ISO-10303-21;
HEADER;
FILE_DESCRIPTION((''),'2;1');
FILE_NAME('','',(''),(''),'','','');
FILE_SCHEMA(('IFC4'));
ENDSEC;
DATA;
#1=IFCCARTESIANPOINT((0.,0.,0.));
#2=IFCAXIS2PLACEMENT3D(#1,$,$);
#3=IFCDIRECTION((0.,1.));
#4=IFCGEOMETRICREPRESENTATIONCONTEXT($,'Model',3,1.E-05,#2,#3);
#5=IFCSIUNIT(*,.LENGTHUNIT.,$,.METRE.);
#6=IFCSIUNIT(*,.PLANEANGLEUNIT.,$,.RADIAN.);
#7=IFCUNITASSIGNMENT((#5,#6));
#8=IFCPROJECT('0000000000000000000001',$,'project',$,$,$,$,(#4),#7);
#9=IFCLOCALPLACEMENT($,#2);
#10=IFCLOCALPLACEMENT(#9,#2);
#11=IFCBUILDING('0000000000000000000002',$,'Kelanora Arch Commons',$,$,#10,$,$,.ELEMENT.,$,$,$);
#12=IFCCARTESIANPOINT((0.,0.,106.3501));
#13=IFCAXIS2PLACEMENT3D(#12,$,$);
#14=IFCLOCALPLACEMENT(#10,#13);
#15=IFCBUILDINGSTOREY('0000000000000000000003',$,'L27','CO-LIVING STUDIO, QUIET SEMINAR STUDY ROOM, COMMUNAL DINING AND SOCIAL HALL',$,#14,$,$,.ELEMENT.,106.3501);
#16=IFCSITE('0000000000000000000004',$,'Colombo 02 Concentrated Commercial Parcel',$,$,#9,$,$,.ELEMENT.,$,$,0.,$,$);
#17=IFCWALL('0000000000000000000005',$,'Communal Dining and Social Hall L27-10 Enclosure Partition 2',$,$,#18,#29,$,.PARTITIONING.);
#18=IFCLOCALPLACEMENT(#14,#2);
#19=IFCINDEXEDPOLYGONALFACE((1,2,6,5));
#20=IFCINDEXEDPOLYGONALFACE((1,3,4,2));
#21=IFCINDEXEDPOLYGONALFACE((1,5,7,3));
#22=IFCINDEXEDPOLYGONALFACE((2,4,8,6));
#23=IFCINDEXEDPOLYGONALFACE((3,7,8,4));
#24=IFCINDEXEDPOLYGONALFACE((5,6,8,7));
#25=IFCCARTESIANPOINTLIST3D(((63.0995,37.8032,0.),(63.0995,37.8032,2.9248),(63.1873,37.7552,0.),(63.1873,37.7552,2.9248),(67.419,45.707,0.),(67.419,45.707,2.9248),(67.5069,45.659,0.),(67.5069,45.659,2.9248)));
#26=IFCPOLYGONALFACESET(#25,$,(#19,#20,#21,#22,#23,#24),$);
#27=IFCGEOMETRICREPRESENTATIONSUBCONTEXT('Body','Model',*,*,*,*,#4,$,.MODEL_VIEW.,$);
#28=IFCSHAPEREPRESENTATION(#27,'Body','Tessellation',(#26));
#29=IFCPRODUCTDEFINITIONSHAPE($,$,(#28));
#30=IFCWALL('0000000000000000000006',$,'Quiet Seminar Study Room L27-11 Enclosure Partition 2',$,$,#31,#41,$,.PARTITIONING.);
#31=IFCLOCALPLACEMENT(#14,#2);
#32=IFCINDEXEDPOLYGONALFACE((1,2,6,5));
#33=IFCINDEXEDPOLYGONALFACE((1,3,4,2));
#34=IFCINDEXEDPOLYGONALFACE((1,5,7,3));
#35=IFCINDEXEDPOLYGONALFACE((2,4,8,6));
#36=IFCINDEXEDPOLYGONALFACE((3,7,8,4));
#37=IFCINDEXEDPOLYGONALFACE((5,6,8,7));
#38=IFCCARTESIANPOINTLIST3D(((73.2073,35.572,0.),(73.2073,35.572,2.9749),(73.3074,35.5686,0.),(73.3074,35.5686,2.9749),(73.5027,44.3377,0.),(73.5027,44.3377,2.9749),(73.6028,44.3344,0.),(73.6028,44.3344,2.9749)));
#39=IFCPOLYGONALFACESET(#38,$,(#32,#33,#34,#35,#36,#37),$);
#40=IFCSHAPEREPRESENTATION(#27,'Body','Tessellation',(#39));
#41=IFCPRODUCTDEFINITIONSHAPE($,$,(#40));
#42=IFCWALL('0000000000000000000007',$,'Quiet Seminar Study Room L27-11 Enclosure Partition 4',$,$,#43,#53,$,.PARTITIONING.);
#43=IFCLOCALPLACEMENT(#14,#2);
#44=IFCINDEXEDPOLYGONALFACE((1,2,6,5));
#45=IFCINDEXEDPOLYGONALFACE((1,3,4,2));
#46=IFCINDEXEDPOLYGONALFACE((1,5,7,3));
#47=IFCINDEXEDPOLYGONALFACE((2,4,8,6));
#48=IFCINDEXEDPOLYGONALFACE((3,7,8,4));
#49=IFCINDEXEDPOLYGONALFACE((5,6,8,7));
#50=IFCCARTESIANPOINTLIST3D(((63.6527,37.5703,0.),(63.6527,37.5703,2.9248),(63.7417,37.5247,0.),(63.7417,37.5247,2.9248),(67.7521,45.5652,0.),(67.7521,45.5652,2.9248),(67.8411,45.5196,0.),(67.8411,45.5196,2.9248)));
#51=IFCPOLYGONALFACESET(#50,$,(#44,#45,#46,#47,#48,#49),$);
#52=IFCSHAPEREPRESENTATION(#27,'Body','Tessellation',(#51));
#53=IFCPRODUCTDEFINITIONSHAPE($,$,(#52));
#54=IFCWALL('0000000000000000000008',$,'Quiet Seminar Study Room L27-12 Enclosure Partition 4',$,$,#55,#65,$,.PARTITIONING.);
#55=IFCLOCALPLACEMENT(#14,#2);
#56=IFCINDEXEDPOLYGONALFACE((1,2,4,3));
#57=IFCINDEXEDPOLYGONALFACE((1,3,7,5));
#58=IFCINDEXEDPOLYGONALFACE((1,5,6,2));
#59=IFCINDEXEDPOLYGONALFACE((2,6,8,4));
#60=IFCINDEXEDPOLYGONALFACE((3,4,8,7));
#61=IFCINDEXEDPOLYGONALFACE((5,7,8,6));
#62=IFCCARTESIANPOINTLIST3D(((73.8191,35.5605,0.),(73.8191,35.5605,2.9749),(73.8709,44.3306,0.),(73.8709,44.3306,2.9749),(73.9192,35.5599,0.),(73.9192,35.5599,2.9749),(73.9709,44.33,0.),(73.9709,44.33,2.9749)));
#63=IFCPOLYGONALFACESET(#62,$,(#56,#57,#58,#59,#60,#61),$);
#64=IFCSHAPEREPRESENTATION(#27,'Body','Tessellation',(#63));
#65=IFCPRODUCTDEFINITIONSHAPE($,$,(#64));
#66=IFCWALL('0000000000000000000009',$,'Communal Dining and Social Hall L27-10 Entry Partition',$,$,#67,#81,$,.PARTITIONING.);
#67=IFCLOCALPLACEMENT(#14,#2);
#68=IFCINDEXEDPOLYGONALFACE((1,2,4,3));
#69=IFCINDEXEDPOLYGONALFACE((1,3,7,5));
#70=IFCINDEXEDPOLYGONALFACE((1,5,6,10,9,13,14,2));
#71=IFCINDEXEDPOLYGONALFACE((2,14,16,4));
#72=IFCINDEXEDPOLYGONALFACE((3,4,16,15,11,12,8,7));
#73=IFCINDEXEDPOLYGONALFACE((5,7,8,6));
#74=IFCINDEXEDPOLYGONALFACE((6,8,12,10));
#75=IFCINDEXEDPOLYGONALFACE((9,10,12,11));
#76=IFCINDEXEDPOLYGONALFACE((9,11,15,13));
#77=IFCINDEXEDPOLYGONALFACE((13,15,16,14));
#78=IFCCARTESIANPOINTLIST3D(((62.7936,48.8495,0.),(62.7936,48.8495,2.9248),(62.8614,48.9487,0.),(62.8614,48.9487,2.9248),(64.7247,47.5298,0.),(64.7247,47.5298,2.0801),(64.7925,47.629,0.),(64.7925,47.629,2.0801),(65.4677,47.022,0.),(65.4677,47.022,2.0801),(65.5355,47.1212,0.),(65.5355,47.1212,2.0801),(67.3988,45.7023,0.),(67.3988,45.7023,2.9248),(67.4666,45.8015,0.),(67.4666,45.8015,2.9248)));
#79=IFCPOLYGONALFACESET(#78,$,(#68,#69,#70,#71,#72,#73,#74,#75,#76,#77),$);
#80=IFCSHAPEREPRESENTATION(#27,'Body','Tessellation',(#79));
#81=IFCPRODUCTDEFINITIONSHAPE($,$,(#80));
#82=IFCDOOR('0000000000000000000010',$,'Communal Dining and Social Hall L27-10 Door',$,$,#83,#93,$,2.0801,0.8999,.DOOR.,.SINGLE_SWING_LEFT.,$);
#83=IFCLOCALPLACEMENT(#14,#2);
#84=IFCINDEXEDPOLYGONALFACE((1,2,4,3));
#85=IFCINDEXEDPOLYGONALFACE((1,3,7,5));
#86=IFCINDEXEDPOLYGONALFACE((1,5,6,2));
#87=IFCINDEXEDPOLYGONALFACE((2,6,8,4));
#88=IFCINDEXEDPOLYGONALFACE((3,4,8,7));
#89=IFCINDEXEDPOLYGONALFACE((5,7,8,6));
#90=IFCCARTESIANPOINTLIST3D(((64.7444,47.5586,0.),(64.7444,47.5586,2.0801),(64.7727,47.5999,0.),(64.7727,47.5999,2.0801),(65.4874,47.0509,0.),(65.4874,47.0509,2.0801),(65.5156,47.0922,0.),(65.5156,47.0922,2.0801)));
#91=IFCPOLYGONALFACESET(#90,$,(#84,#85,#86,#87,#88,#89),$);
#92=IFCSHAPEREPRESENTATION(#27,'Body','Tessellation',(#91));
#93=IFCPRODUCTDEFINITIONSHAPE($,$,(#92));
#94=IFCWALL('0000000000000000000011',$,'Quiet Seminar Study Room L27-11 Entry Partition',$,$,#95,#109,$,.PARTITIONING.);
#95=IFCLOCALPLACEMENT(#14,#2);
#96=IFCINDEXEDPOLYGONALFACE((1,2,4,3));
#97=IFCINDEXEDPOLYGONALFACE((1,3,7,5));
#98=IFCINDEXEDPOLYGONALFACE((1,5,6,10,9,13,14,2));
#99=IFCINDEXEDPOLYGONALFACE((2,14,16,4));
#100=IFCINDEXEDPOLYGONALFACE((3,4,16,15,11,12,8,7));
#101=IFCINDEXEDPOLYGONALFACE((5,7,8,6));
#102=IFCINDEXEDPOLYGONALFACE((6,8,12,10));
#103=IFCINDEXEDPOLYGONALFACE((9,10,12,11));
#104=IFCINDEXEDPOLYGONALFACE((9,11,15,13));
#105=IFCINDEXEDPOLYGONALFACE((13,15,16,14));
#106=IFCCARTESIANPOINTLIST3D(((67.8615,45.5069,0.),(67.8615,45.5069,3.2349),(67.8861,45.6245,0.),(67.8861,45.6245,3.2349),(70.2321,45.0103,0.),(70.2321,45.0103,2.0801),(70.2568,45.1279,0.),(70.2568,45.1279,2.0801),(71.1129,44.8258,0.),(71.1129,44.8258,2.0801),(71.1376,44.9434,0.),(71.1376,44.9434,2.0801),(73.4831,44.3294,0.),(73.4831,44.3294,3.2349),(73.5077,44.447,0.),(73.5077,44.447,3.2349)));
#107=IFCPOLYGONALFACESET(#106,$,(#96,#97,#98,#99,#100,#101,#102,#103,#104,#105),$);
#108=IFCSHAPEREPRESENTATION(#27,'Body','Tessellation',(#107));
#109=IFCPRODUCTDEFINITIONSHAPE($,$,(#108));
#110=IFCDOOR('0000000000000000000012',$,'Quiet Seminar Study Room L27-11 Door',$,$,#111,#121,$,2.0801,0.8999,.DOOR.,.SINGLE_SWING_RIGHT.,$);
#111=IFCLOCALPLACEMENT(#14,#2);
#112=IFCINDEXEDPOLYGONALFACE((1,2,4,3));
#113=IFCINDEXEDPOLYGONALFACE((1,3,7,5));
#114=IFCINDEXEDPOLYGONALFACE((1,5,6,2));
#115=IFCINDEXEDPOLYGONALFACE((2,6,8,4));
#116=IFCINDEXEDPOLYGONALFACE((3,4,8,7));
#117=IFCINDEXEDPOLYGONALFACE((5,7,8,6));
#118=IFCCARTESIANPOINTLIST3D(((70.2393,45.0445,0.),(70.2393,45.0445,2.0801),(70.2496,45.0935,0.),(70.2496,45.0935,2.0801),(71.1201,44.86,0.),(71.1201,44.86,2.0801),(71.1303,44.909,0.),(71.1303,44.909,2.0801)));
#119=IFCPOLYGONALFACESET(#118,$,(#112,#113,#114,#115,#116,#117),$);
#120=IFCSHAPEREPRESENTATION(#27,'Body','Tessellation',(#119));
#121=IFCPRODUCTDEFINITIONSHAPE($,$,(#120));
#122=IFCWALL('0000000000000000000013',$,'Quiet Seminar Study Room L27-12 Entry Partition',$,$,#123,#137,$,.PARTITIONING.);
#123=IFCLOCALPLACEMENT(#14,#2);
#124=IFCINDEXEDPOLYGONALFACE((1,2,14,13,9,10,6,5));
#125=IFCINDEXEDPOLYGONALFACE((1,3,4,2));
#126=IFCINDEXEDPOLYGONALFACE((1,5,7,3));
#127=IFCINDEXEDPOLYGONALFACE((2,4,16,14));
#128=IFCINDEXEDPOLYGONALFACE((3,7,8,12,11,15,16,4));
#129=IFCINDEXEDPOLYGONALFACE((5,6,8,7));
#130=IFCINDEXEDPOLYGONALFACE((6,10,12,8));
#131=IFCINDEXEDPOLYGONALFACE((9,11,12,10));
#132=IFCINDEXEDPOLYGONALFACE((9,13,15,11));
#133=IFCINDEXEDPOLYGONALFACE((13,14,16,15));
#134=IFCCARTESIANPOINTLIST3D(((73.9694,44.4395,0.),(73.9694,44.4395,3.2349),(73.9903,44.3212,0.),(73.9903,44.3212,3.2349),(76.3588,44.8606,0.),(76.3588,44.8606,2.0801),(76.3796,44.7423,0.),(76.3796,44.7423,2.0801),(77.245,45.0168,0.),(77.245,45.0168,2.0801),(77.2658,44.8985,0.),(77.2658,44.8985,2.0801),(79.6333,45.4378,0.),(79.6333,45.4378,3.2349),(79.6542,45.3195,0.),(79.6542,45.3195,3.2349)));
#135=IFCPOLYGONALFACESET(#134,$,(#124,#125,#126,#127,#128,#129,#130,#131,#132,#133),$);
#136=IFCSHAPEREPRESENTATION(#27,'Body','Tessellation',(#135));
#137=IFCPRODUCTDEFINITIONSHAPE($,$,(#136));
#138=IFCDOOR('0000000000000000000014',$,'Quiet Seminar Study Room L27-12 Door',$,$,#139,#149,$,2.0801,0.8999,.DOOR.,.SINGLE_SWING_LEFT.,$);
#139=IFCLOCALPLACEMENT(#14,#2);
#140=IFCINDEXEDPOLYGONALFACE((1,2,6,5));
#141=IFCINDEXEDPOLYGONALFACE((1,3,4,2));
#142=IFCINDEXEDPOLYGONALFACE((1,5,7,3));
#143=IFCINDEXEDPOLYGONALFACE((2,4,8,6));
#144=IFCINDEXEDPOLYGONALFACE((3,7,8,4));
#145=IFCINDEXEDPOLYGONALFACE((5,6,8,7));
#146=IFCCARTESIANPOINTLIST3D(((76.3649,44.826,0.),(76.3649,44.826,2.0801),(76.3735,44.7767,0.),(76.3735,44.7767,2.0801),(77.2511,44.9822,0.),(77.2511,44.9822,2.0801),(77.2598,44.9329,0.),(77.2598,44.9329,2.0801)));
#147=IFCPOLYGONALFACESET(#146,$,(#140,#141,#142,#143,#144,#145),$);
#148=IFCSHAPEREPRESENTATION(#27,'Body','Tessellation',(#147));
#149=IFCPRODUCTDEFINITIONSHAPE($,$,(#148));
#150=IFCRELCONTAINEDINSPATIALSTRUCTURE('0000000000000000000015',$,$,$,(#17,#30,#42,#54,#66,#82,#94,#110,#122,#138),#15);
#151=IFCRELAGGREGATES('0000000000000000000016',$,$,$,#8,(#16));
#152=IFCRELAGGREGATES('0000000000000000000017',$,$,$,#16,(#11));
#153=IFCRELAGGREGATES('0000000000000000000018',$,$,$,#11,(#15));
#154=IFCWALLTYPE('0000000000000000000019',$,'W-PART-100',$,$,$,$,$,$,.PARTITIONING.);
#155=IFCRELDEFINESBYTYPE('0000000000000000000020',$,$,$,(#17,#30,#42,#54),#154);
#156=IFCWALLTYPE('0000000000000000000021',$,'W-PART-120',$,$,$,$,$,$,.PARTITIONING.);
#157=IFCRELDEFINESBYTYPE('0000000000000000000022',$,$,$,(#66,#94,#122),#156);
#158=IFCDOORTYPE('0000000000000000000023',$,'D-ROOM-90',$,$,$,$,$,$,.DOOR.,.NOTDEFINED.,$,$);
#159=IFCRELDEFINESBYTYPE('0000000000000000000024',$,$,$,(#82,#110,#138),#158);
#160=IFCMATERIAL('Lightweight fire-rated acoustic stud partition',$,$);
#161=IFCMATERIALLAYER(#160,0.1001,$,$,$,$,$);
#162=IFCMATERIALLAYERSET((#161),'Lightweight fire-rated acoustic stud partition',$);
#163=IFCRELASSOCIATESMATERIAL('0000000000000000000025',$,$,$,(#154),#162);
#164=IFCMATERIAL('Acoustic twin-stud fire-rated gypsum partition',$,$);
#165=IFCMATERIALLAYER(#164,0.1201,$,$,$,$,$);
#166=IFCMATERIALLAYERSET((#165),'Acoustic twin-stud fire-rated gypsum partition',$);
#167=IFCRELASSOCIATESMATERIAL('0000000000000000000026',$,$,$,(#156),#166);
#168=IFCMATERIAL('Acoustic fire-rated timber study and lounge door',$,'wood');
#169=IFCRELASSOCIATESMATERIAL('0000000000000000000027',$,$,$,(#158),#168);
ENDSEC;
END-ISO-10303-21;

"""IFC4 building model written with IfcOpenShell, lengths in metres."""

from ifc_helpers import new_model, si_unit, direction, frame, frame_2d, origin, place, context, subcontext, project, spatial, rectangle, extrude, material, layer, layer_set, type_object, element, fill, save


model = new_model("IFC4")

# Units and contexts
model_context = context("Model", 3, precision=1e-05, world=origin(), true_north=direction((0.0, 1.0)))
body_context = subcontext(model_context, "Body", "Model", "MODEL_VIEW")
ifc_project = project(units=[si_unit("LENGTHUNIT", "METRE"), si_unit("PLANEANGLEUNIT", "RADIAN")], contexts=[model_context])

# Site, building, storey
site_placement = place(None, origin())
site = spatial("IfcSite", under=ifc_project, at=site_placement, Name="Colombo 02 Concentrated Commercial Parcel", CompositionType="ELEMENT", RefElevation=0.0)
building_placement = place(site_placement, origin())
building = spatial("IfcBuilding", under=site, at=building_placement, Name="Kelanora Arch Commons", CompositionType="ELEMENT")
storey_placement = place(building_placement, frame((0.0, 0.0, 106.3501)))
storey = spatial("IfcBuildingStorey", under=building, at=storey_placement, Name="L27", Description="CO-LIVING STUDIO, QUIET SEMINAR STUDY ROOM, COMMUNAL DINING AND SOCIAL HALL", CompositionType="ELEMENT", Elevation=106.3501)

# Walls
ifc_material_1 = material(Name="Lightweight fire-rated acoustic stud partition")
ifc_layer_1 = layer(ifc_material_1, 0.1001)
ifc_layer_set_1 = layer_set([ifc_layer_1], Name="Lightweight fire-rated acoustic stud partition")
wall_type_1 = type_object("IfcWallType", Name="W-PART-100", PredefinedType="PARTITIONING", material=ifc_layer_set_1)
wall_1_placement = place(storey_placement, frame((67.4629, 45.6829, 0.0), z_axis=(0.0, 0.0, 1.0), x_axis=(-0.479572, -0.877503, 0.0)))
element("IfcWall", 1, at=wall_1_placement, inside=storey, type_object=wall_type_1, Name="Communal Dining and Social Hall L27-10 Enclosure Partition 2", PredefinedType="PARTITIONING", context=body_context, shape_type="SweptSolid", body=[
    extrude(rectangle(XDim=9.0071, YDim=0.1001, at=frame_2d((4.5034, 0.0))), origin(), (0.0, 0.0, 1.0), 2.9248),
])
wall_2_placement = place(storey_placement, frame((73.5527, 44.3359, 0.0), z_axis=(0.0, 0.0, 1.0), x_axis=(-0.033681, -0.999433, 0.0)))
element("IfcWall", 2, at=wall_2_placement, inside=storey, type_object=wall_type_1, Name="Quiet Seminar Study Room L27-11 Enclosure Partition 2", PredefinedType="PARTITIONING", context=body_context, shape_type="SweptSolid", body=[
    extrude(rectangle(XDim=8.7708, YDim=0.1001, at=frame_2d((4.3853, 0.0))), origin(), (0.0, 0.0, 1.0), 2.9749),
])
wall_3_placement = place(storey_placement, frame((63.6973, 37.5476, 0.0), z_axis=(0.0, 0.0, 1.0), x_axis=(0.456266, 0.889843, 0.0)))
element("IfcWall", 3, at=wall_3_placement, inside=storey, type_object=wall_type_1, Name="Quiet Seminar Study Room L27-11 Enclosure Partition 4", PredefinedType="PARTITIONING", context=body_context, shape_type="SweptSolid", body=[
    extrude(rectangle(XDim=8.9846, YDim=0.1001, at=frame_2d((4.4922, 0.0))), origin(), (0.0, 0.0, 1.0), 2.9248),
])
wall_4_placement = place(storey_placement, frame((73.8691, 35.5601, 0.0), z_axis=(0.0, 0.0, 1.0), x_axis=(0.005902, 0.999983, 0.0)))
element("IfcWall", 4, at=wall_4_placement, inside=storey, type_object=wall_type_1, Name="Quiet Seminar Study Room L27-12 Enclosure Partition 4", PredefinedType="PARTITIONING", context=body_context, shape_type="SweptSolid", body=[
    extrude(rectangle(XDim=8.7703, YDim=0.1001, at=frame_2d((4.3853, 0.0))), origin(), (0.0, 0.0, 1.0), 2.9749),
])

# Walls, openings, doors
ifc_material_2 = material(Name="Acoustic twin-stud fire-rated gypsum partition")
ifc_layer_2 = layer(ifc_material_2, 0.1201)
ifc_layer_set_2 = layer_set([ifc_layer_2], Name="Acoustic twin-stud fire-rated gypsum partition")
wall_type_2 = type_object("IfcWallType", Name="W-PART-120", PredefinedType="PARTITIONING", material=ifc_layer_set_2)
wall_5_placement = place(storey_placement, frame((62.8274, 48.8992, 0.0), z_axis=(0.0, 0.0, 1.0), x_axis=(0.825618, -0.564229, 0.0)))
wall_5 = element("IfcWall", 5, at=wall_5_placement, inside=storey, type_object=wall_type_2, Name="Communal Dining and Social Hall L27-10 Entry Partition", PredefinedType="PARTITIONING", context=body_context, shape_type="SweptSolid", body=[
    extrude(rectangle(XDim=5.5779, YDim=0.1201, at=frame_2d((2.7891, 0.0))), origin(), (0.0, 0.0, 1.0), 2.9248),
])
opening_1_placement = place(wall_5_placement, frame((2.3391, 0.0, 0.0)))
opening_1 = element("IfcOpeningElement", 6, at=opening_1_placement, cuts=wall_5, PredefinedType="OPENING", context=body_context, shape_type="SweptSolid", body=[
    extrude(rectangle(XDim=0.8999, YDim=2.0801, at=frame_2d((0.45, 1.04))), frame((0.0, 0.0701, 0.0), z_axis=(0.0, -1.0, 0.0), x_axis=(1.0, 0.0, 0.0)), (0.0, 0.0, 1.0), 0.1401),
])
ifc_material_3 = material(Name="Acoustic fire-rated timber study and lounge door", Category="wood")
door_type = type_object("IfcDoorType", Name="D-ROOM-90", OperationType="NOTDEFINED", PredefinedType="DOOR", material=ifc_material_3)
door_1_placement = place(opening_1_placement, origin())
door_1 = element("IfcDoor", 7, at=door_1_placement, inside=storey, type_object=door_type, Name="Communal Dining and Social Hall L27-10 Door", OperationType="SINGLE_SWING_LEFT", OverallHeight=2.0801, OverallWidth=0.8999, PredefinedType="DOOR", context=body_context, shape_type="SweptSolid", body=[
    extrude(rectangle(XDim=0.8999, YDim=2.0801, at=frame_2d((0.45, 1.04))), frame((0.0, 0.0249, 0.0), z_axis=(0.0, -1.0, 0.0), x_axis=(1.0, 0.0, 0.0)), (0.0, 0.0, 1.0), 0.05),
])
fill(opening_1, door_1)
wall_6_placement = place(storey_placement, frame((67.8738, 45.5657, 0.0), z_axis=(0.0, 0.0, 1.0), x_axis=(0.97876, -0.20501, 0.0)))
wall_6 = element("IfcWall", 8, at=wall_6_placement, inside=storey, type_object=wall_type_2, Name="Quiet Seminar Study Room L27-11 Entry Partition", PredefinedType="PARTITIONING", context=body_context, shape_type="SweptSolid", body=[
    extrude(rectangle(XDim=5.7437, YDim=0.1201, at=frame_2d((2.8718, 0.0))), origin(), (0.0, 0.0, 1.0), 3.2349),
])
opening_2_placement = place(wall_6_placement, frame((2.4221, 0.0, 0.0)))
opening_2 = element("IfcOpeningElement", 9, at=opening_2_placement, cuts=wall_6, PredefinedType="OPENING", context=body_context, shape_type="SweptSolid", body=[
    extrude(rectangle(XDim=0.8999, YDim=2.0801, at=frame_2d((0.45, 1.04))), frame((0.0, 0.0701, 0.0), z_axis=(0.0, -1.0, 0.0), x_axis=(1.0, 0.0, 0.0)), (0.0, 0.0, 1.0), 0.1401),
])
door_2_placement = place(opening_2_placement, origin())
door_2 = element("IfcDoor", 10, at=door_2_placement, inside=storey, type_object=door_type, Name="Quiet Seminar Study Room L27-11 Door", OperationType="SINGLE_SWING_RIGHT", OverallHeight=2.0801, OverallWidth=0.8999, PredefinedType="DOOR", context=body_context, shape_type="SweptSolid", body=[
    extrude(rectangle(XDim=0.8999, YDim=2.0801, at=frame_2d((0.45, 1.04))), frame((0.0, 0.0249, 0.0), z_axis=(0.0, -1.0, 0.0), x_axis=(1.0, 0.0, 0.0)), (0.0, 0.0, 1.0), 0.05),
])
fill(opening_2, door_2)
wall_7_placement = place(storey_placement, frame((73.98, 44.3804, 0.0), z_axis=(0.0, 0.0, 1.0), x_axis=(0.984819, 0.173582, 0.0)))
wall_7 = element("IfcWall", 11, at=wall_7_placement, inside=storey, type_object=wall_type_2, Name="Quiet Seminar Study Room L27-12 Entry Partition", PredefinedType="PARTITIONING", context=body_context, shape_type="SweptSolid", body=[
    extrude(rectangle(XDim=5.7512, YDim=0.1201, at=frame_2d((2.8755, 0.0))), origin(), (0.0, 0.0, 1.0), 3.2349),
])
opening_3_placement = place(wall_7_placement, frame((2.426, 0.0, 0.0)))
opening_3 = element("IfcOpeningElement", 12, at=opening_3_placement, cuts=wall_7, PredefinedType="OPENING", context=body_context, shape_type="SweptSolid", body=[
    extrude(rectangle(XDim=0.8999, YDim=2.0801, at=frame_2d((0.45, 1.04))), frame((0.0, 0.0701, 0.0), z_axis=(0.0, -1.0, 0.0), x_axis=(1.0, 0.0, 0.0)), (0.0, 0.0, 1.0), 0.1401),
])
door_3_placement = place(opening_3_placement, origin())
door_3 = element("IfcDoor", 13, at=door_3_placement, inside=storey, type_object=door_type, Name="Quiet Seminar Study Room L27-12 Door", OperationType="SINGLE_SWING_LEFT", OverallHeight=2.0801, OverallWidth=0.8999, PredefinedType="DOOR", context=body_context, shape_type="SweptSolid", body=[
    extrude(rectangle(XDim=0.8999, YDim=2.0801, at=frame_2d((0.45, 1.04))), frame((0.0, 0.0249, 0.0), z_axis=(0.0, -1.0, 0.0), x_axis=(1.0, 0.0, 0.0)), (0.0, 0.0, 1.0), 0.05),
])
fill(opening_3, door_3)

save(model, "model.ifc")
